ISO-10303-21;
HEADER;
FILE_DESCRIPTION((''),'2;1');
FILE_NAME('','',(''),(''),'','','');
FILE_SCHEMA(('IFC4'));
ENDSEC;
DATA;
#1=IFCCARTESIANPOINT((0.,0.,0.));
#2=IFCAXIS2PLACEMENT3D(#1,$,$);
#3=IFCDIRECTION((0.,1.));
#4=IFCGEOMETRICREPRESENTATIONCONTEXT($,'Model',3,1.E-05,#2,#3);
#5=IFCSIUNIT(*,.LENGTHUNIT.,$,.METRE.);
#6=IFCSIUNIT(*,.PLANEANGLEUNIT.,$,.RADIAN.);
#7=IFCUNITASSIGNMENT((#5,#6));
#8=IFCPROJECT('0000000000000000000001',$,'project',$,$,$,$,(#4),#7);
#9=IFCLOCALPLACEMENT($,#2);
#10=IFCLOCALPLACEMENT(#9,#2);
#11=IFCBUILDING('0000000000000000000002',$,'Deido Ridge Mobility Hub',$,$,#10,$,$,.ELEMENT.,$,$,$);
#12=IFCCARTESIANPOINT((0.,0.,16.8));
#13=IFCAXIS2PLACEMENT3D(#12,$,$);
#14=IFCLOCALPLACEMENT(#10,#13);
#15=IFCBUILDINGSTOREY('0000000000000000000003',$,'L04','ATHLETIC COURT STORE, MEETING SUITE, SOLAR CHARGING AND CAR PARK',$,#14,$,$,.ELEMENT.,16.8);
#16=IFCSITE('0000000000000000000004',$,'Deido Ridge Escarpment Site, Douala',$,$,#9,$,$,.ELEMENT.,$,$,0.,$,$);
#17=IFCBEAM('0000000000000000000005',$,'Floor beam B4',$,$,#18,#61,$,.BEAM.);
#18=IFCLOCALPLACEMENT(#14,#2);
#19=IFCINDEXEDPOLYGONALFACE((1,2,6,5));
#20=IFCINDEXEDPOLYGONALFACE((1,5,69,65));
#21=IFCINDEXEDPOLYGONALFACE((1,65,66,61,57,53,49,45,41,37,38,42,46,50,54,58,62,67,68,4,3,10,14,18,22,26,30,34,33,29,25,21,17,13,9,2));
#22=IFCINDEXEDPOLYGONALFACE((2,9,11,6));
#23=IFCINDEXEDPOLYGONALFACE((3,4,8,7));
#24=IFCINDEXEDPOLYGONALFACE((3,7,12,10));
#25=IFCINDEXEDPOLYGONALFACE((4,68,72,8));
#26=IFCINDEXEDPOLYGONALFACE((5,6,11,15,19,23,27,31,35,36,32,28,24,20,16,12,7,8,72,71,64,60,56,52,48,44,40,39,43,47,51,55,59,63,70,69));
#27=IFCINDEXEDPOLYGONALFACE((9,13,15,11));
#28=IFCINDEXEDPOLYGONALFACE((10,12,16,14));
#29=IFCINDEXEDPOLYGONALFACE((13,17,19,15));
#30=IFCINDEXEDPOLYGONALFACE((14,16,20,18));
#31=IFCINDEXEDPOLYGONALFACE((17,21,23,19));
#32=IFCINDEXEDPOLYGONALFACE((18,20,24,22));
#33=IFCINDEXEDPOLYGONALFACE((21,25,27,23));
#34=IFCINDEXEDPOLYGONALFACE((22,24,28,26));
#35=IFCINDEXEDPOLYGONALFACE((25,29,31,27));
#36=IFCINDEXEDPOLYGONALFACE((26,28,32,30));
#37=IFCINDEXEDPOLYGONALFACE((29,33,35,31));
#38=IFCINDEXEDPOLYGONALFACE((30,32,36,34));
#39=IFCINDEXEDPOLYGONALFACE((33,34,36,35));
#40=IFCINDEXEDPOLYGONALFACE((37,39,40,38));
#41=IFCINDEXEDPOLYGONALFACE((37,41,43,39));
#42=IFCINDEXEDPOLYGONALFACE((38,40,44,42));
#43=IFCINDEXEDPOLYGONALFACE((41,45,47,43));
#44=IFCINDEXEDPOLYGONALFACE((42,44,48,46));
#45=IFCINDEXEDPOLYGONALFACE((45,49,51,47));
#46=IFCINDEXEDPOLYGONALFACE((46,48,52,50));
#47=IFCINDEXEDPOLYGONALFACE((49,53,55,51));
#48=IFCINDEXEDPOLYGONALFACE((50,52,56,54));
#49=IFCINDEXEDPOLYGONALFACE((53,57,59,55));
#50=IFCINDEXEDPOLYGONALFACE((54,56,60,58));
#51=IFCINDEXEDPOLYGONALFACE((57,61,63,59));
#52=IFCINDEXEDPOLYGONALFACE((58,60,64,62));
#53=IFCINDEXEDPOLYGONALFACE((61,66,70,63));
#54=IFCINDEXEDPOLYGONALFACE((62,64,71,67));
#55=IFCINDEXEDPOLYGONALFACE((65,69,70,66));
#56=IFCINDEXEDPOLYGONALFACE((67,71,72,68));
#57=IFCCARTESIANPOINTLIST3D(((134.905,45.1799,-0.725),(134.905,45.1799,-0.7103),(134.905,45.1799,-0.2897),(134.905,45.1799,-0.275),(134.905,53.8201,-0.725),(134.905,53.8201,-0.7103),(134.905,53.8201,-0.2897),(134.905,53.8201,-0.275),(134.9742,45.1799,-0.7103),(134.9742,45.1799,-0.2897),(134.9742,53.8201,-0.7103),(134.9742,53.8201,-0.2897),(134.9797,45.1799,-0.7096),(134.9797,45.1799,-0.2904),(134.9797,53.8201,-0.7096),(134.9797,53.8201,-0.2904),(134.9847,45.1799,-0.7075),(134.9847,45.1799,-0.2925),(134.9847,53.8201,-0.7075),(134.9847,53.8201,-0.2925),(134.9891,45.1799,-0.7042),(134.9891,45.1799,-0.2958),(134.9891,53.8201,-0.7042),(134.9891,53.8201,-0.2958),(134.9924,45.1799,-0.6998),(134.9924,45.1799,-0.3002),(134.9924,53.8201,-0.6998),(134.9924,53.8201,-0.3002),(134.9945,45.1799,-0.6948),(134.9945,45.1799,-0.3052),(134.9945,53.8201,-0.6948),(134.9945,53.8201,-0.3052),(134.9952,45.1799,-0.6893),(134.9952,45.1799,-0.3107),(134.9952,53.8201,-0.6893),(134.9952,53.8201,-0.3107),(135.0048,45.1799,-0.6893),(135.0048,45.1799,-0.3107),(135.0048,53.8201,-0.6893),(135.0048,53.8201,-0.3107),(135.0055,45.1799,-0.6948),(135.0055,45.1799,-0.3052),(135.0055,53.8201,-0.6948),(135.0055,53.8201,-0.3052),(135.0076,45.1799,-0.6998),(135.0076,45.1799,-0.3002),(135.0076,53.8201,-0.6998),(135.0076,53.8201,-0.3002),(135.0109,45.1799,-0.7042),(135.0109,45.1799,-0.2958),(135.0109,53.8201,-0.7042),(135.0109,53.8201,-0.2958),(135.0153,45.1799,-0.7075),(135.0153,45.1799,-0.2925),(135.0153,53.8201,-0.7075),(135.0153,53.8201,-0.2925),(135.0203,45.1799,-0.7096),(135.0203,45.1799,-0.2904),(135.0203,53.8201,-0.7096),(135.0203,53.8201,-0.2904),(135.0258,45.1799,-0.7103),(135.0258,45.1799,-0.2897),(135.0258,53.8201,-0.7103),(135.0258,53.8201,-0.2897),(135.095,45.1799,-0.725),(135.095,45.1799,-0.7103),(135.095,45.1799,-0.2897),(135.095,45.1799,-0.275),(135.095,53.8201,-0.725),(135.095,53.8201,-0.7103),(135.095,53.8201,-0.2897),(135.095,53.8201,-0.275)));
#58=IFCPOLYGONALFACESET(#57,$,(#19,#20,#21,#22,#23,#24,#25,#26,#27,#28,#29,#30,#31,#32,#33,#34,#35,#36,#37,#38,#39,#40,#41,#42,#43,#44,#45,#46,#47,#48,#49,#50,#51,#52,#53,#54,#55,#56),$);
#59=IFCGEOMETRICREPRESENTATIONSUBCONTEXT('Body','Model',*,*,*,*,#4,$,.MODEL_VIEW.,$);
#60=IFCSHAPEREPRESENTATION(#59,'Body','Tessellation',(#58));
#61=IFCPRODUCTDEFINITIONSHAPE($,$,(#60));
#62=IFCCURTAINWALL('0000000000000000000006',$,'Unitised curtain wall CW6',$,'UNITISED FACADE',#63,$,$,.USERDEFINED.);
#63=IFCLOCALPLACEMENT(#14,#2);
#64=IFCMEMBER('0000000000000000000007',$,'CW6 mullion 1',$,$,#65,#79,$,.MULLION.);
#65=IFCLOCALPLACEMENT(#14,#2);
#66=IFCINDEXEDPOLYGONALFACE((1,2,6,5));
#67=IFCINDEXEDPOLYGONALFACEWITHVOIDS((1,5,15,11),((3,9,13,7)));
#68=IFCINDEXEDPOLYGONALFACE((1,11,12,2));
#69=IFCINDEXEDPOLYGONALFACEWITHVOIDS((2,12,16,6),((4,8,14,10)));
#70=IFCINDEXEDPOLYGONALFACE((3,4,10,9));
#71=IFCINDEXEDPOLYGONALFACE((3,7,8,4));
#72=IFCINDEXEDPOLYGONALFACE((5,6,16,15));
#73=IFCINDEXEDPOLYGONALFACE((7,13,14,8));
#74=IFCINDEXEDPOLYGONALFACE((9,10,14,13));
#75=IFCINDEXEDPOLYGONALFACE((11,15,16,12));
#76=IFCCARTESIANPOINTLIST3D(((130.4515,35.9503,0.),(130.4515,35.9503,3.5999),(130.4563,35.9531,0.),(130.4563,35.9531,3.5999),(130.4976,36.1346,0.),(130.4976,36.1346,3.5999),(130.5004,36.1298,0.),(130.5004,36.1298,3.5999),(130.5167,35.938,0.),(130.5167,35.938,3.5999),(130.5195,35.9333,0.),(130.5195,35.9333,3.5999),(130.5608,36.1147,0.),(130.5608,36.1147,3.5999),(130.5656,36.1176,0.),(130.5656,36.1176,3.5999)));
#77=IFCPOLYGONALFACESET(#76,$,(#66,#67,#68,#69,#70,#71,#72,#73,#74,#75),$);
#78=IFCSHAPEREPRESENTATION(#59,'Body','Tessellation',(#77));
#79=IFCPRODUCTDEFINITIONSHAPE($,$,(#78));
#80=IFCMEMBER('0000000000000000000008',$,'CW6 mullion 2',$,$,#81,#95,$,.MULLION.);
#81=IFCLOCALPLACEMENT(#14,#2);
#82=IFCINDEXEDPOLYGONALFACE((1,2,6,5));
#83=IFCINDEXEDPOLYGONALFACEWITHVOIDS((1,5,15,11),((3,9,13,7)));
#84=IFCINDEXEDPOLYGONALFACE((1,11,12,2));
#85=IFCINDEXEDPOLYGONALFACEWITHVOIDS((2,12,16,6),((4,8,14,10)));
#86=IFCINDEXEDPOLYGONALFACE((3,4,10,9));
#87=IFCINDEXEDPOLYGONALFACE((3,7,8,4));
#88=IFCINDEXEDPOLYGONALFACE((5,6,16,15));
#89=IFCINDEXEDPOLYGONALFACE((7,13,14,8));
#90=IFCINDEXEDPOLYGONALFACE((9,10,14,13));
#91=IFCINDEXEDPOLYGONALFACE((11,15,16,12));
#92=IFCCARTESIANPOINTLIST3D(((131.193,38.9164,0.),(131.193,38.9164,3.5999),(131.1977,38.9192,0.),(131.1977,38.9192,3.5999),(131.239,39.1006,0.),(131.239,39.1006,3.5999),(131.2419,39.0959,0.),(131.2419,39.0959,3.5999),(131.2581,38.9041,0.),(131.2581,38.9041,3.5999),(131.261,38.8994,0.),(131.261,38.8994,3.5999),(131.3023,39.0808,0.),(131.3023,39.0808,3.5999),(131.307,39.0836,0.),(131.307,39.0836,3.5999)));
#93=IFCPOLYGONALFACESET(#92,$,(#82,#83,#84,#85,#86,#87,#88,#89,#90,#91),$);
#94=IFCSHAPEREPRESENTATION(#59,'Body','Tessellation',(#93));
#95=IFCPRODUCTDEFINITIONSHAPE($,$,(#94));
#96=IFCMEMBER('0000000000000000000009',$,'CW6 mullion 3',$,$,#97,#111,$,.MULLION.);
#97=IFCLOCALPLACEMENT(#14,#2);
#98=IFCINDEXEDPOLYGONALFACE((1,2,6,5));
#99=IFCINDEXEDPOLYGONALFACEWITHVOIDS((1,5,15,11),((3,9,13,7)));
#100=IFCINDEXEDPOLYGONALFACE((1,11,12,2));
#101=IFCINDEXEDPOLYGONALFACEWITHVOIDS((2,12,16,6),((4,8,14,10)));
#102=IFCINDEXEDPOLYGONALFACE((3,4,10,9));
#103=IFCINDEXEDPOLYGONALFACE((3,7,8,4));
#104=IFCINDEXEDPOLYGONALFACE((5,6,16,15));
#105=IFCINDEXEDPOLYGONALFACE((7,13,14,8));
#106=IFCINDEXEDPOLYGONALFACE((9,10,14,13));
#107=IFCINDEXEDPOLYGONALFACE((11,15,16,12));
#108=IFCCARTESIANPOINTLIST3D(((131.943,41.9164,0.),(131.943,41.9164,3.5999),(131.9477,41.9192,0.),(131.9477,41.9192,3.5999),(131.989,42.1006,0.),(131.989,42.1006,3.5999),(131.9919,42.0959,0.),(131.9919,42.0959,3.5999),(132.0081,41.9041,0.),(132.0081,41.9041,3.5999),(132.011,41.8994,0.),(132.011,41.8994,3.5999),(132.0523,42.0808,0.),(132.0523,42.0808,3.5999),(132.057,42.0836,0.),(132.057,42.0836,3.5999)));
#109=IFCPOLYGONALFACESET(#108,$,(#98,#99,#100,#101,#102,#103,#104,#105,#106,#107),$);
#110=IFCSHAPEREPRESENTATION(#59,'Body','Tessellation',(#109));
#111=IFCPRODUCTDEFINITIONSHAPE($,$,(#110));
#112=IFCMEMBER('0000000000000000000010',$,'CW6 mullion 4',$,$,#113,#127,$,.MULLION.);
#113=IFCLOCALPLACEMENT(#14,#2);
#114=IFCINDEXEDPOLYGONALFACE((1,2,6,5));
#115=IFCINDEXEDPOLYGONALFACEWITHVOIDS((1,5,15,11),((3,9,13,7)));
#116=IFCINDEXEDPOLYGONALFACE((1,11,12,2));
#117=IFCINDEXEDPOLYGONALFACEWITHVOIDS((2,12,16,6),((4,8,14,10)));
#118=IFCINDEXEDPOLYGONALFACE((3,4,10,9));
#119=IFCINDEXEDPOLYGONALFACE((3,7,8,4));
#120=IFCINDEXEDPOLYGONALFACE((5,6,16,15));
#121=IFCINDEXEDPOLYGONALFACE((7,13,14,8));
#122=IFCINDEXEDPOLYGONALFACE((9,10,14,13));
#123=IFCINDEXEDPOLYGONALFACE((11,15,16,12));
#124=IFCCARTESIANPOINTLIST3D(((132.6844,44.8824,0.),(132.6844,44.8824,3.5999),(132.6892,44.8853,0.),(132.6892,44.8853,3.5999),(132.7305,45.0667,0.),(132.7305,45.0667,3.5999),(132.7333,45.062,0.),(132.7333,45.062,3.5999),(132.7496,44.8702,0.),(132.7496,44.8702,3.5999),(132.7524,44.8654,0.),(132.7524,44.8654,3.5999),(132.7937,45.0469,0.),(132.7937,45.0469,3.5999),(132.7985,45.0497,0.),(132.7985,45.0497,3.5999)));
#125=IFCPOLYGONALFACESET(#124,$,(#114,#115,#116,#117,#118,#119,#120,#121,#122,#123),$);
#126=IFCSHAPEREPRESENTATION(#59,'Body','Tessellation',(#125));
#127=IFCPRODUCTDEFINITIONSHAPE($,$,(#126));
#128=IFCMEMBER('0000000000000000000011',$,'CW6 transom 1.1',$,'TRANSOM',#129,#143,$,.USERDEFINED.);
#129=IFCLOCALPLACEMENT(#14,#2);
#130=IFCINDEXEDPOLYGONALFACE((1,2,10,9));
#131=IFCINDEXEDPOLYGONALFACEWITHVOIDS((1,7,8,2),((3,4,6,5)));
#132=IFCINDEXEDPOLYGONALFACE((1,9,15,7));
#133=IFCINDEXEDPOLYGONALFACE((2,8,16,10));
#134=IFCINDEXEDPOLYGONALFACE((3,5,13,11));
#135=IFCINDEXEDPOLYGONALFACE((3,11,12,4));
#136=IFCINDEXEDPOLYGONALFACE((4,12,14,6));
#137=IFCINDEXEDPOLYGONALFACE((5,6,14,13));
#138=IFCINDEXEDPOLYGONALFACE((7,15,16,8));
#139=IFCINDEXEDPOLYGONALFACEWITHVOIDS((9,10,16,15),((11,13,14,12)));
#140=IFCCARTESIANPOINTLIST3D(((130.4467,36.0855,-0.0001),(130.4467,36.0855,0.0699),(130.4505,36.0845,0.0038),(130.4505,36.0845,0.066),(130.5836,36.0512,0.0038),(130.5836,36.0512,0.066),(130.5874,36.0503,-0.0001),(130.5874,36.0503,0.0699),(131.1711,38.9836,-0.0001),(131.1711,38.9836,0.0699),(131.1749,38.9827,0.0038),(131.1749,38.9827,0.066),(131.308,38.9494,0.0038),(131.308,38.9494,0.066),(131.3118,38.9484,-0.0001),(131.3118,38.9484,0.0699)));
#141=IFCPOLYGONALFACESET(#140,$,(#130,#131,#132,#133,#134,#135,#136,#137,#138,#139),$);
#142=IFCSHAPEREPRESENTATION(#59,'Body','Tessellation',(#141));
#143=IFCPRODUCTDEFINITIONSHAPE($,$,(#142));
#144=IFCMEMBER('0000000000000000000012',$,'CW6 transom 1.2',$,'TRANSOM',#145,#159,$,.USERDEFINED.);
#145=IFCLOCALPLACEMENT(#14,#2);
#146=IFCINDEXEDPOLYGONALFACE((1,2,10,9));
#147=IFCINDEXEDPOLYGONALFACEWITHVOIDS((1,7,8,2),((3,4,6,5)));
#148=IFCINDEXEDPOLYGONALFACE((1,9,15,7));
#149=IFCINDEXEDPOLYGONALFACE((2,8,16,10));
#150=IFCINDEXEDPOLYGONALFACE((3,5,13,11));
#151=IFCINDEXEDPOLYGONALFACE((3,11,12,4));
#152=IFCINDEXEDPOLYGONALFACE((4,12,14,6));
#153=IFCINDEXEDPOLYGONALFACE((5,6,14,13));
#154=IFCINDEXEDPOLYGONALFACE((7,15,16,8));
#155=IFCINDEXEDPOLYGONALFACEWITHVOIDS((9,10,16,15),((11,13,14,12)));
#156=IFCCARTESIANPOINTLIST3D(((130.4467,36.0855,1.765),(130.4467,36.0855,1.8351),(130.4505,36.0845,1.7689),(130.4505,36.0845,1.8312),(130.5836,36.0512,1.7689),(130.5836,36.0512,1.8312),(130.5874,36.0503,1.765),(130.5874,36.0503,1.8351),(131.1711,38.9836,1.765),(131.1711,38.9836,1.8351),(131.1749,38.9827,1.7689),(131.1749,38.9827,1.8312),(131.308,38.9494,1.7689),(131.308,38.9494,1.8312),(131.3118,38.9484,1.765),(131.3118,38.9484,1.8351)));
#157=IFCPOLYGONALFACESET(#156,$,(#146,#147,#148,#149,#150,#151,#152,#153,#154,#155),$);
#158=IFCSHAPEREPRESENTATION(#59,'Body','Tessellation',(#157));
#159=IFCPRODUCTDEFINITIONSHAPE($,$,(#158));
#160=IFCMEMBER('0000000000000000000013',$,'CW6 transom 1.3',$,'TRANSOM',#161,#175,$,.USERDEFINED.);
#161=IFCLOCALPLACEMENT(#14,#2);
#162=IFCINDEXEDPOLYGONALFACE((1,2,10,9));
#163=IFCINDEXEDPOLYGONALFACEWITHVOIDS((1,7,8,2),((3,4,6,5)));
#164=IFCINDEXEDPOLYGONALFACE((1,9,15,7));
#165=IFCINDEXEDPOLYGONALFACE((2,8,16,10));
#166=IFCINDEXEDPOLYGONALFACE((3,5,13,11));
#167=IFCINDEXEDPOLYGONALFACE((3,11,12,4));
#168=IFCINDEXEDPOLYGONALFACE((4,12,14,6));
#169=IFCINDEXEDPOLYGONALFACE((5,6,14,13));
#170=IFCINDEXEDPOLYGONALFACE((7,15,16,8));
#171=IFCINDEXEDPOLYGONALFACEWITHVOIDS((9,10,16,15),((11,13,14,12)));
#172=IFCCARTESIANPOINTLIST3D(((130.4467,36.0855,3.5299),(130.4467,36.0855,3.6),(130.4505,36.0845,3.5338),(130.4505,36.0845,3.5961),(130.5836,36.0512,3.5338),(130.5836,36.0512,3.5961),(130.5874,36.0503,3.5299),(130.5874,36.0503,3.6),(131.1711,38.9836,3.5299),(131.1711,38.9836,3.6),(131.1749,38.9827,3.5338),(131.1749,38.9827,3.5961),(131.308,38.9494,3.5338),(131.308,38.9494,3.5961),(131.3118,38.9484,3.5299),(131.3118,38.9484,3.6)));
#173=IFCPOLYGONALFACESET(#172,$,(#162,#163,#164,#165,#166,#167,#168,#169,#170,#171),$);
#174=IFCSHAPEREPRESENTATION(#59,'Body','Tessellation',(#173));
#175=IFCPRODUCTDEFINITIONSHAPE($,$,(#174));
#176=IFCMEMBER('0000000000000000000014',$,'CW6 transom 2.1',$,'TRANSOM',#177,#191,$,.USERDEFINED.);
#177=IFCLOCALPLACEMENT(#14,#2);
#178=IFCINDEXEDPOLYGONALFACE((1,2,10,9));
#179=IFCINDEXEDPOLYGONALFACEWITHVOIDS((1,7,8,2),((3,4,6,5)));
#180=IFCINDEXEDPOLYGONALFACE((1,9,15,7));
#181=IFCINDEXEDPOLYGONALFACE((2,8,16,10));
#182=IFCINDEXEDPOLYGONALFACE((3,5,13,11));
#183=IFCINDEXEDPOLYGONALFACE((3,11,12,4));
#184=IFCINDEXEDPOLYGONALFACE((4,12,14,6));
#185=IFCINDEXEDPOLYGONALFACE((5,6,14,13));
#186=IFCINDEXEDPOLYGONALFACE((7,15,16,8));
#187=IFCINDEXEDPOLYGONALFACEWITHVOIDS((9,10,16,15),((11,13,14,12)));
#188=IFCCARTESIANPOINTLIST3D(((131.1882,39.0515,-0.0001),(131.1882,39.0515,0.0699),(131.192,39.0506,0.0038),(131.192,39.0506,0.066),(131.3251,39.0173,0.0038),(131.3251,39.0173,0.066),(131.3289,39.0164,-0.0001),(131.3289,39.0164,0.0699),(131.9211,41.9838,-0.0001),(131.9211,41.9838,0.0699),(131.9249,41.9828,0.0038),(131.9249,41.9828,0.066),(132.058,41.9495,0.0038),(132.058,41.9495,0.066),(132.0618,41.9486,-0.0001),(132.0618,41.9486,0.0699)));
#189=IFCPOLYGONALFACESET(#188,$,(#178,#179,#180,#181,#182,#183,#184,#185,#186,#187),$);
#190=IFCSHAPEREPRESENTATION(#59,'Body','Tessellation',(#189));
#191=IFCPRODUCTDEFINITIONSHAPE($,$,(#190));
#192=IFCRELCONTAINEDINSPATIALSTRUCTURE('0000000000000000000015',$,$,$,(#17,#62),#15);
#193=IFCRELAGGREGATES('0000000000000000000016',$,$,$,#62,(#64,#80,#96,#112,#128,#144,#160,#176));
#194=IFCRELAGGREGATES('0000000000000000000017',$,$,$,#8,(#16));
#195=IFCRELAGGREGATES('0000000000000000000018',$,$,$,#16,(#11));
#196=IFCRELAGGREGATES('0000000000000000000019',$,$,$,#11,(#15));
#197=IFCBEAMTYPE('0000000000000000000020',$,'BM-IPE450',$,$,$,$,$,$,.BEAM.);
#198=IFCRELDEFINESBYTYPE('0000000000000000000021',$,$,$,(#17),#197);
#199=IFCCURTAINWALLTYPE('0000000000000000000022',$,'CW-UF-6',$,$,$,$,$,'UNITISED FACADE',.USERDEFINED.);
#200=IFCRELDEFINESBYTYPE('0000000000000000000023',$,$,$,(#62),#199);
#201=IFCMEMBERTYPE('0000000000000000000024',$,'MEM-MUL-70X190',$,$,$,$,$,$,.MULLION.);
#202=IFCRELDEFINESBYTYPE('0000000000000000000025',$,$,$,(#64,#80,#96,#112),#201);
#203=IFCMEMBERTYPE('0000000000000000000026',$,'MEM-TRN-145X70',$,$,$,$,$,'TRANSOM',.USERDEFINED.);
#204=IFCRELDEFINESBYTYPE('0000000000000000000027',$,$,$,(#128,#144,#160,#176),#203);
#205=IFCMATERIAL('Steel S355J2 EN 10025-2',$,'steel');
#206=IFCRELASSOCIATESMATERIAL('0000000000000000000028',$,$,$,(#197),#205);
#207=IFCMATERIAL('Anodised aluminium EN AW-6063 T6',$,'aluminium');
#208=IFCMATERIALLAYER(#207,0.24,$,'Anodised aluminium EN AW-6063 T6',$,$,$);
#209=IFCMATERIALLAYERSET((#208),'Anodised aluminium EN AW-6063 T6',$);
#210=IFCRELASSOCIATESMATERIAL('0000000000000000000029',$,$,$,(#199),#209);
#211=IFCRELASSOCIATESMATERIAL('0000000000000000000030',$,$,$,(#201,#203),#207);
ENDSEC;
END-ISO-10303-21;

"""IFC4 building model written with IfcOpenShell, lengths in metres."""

from ifc_helpers import new_model, si_unit, direction, frame, origin, origin_2d, place, context, subcontext, project, spatial, hollow_rectangle, i_section, extrude, material, layer, layer_set, material_profile, profile_set, type_object, element, aggregate, save


model = new_model("IFC4")

# Units and contexts
model_context = context("Model", 3, precision=1e-05, world=origin(), true_north=direction((0.0, 1.0)))
body_context = subcontext(model_context, "Body", "Model", "MODEL_VIEW")
ifc_project = project(units=[si_unit("LENGTHUNIT", "METRE"), si_unit("PLANEANGLEUNIT", "RADIAN")], contexts=[model_context])

# Site, building, storey
site_placement = place(None, origin())
site = spatial("IfcSite", under=ifc_project, at=site_placement, Name="Deido Ridge Escarpment Site, Douala", CompositionType="ELEMENT", RefElevation=0.0)
building_placement = place(site_placement, origin())
building = spatial("IfcBuilding", under=site, at=building_placement, Name="Deido Ridge Mobility Hub", CompositionType="ELEMENT")
storey_placement = place(building_placement, frame((0.0, 0.0, 16.8)))
storey = spatial("IfcBuildingStorey", under=building, at=storey_placement, Name="L04", Description="ATHLETIC COURT STORE, MEETING SUITE, SOLAR CHARGING AND CAR PARK", CompositionType="ELEMENT", Elevation=16.8)

# Beam
ifc_material_1 = material(Name="Steel S355J2 EN 10025-2", Category="steel")
ifc_material_profile_1 = material_profile(ifc_material_1, i_section(OverallWidth=0.1899, OverallDepth=0.45, WebThickness=0.0095, FlangeThickness=0.0146, FilletRadius=0.021, at=origin_2d()), Name="IPE 450")
ifc_profile_set_1 = profile_set([ifc_material_profile_1], Name="Steel S355J2 EN 10025-2")
beam_type_1 = type_object("IfcBeamType", Name="BM-IPE450", PredefinedType="BEAM", material=ifc_profile_set_1)
beam_1_placement = place(storey_placement, frame((135.0, 45.1799, -0.5), z_axis=(0.0, 1.0, 0.0), x_axis=(-1.0, 0.0, 0.0)))
element("IfcBeam", 1, at=beam_1_placement, inside=storey, type_object=beam_type_1, Name="Floor beam B4", PredefinedType="BEAM", context=body_context, shape_type="SweptSolid", body=[
    extrude(i_section(OverallWidth=0.1899, OverallDepth=0.45, WebThickness=0.0095, FlangeThickness=0.0146, FilletRadius=0.021, at=origin_2d()), origin(), (0.0, 0.0, 1.0), 8.6401),
])

# Curtain wall, members
ifc_material_2 = material(Name="Anodised aluminium EN AW-6063 T6", Category="aluminium")
ifc_layer_1 = layer(ifc_material_2, 0.24, Name="Anodised aluminium EN AW-6063 T6")
ifc_layer_set_1 = layer_set([ifc_layer_1], Name="Anodised aluminium EN AW-6063 T6")
curtain_wall_type = type_object("IfcCurtainWallType", Name="CW-UF-6", ElementType="UNITISED FACADE", PredefinedType="USERDEFINED", material=ifc_layer_set_1)
curtain_wall_placement = place(storey_placement, origin())
curtain_wall = element("IfcCurtainWall", 2, at=curtain_wall_placement, inside=storey, type_object=curtain_wall_type, Name="Unitised curtain wall CW6", ObjectType="UNITISED FACADE", PredefinedType="USERDEFINED")
ifc_material_profile_2 = material_profile(ifc_material_2, hollow_rectangle(XDim=0.0701, YDim=0.1899, WallThickness=0.0039, at=origin_2d()), Name="RHS 70x190x4")
ifc_profile_set_2 = profile_set([ifc_material_profile_2], Name="Anodised aluminium EN AW-6063 T6")
member_type_1 = type_object("IfcMemberType", Name="MEM-MUL-70X190", PredefinedType="MULLION", material=ifc_profile_set_2)
member_1_placement = place(storey_placement, frame((130.5085, 36.0339, 0.0), z_axis=(0.0, 0.0, 1.0), x_axis=(-0.970143, 0.242536, 0.0)))
member_1 = element("IfcMember", 3, at=member_1_placement, type_object=member_type_1, Name="CW6 mullion 1", PredefinedType="MULLION", context=body_context, shape_type="SweptSolid", body=[
    extrude(hollow_rectangle(XDim=0.0701, YDim=0.1899, WallThickness=0.0039, at=origin_2d()), origin(), (0.0, 0.0, 1.0), 3.5999),
])
member_2_placement = place(storey_placement, frame((131.25, 39.0, 0.0), z_axis=(0.0, 0.0, 1.0), x_axis=(-0.970143, 0.242536, 0.0)))
member_2 = element("IfcMember", 4, at=member_2_placement, type_object=member_type_1, Name="CW6 mullion 2", PredefinedType="MULLION", context=body_context, shape_type="SweptSolid", body=[
    extrude(hollow_rectangle(XDim=0.0701, YDim=0.1899, WallThickness=0.0039, at=origin_2d()), origin(), (0.0, 0.0, 1.0), 3.5999),
])
member_3_placement = place(storey_placement, frame((132.0, 42.0, 0.0), z_axis=(0.0, 0.0, 1.0), x_axis=(-0.970143, 0.242536, 0.0)))
member_3 = element("IfcMember", 5, at=member_3_placement, type_object=member_type_1, Name="CW6 mullion 3", PredefinedType="MULLION", context=body_context, shape_type="SweptSolid", body=[
    extrude(hollow_rectangle(XDim=0.0701, YDim=0.1899, WallThickness=0.0039, at=origin_2d()), origin(), (0.0, 0.0, 1.0), 3.5999),
])
member_4_placement = place(storey_placement, frame((132.7415, 44.9661, 0.0), z_axis=(0.0, 0.0, 1.0), x_axis=(-0.970143, 0.242536, 0.0)))
member_4 = element("IfcMember", 6, at=member_4_placement, type_object=member_type_1, Name="CW6 mullion 4", PredefinedType="MULLION", context=body_context, shape_type="SweptSolid", body=[
    extrude(hollow_rectangle(XDim=0.0701, YDim=0.1899, WallThickness=0.0039, at=origin_2d()), origin(), (0.0, 0.0, 1.0), 3.5999),
])
ifc_material_profile_3 = material_profile(ifc_material_2, hollow_rectangle(XDim=0.145, YDim=0.0701, WallThickness=0.0039, at=origin_2d()), Name="RHS 145x70x4")
ifc_profile_set_3 = profile_set([ifc_material_profile_3], Name="Anodised aluminium EN AW-6063 T6")
member_type_2 = type_object("IfcMemberType", Name="MEM-TRN-145X70", ElementType="TRANSOM", PredefinedType="USERDEFINED", material=ifc_profile_set_3)
member_5_placement = place(storey_placement, frame((130.5171, 36.0679, 0.0349), z_axis=(0.242478, 0.970157, 0.0), x_axis=(-0.970157, 0.242478, 0.0)))
member_5 = element("IfcMember", 7, at=member_5_placement, type_object=member_type_2, Name="CW6 transom 1.1", ObjectType="TRANSOM", PredefinedType="USERDEFINED", context=body_context, shape_type="SweptSolid", body=[
    extrude(hollow_rectangle(XDim=0.145, YDim=0.0701, WallThickness=0.0039, at=origin_2d()), origin(), (0.0, 0.0, 1.0), 2.9873),
])
member_6_placement = place(storey_placement, frame((130.5171, 36.0679, 1.8), z_axis=(0.242478, 0.970157, 0.0), x_axis=(-0.970157, 0.242478, 0.0)))
member_6 = element("IfcMember", 8, at=member_6_placement, type_object=member_type_2, Name="CW6 transom 1.2", ObjectType="TRANSOM", PredefinedType="USERDEFINED", context=body_context, shape_type="SweptSolid", body=[
    extrude(hollow_rectangle(XDim=0.145, YDim=0.0701, WallThickness=0.0039, at=origin_2d()), origin(), (0.0, 0.0, 1.0), 2.9873),
])
member_7_placement = place(storey_placement, frame((130.5171, 36.0679, 3.5649), z_axis=(0.242478, 0.970157, 0.0), x_axis=(-0.970157, 0.242478, 0.0)))
member_7 = element("IfcMember", 9, at=member_7_placement, type_object=member_type_2, Name="CW6 transom 1.3", ObjectType="TRANSOM", PredefinedType="USERDEFINED", context=body_context, shape_type="SweptSolid", body=[
    extrude(hollow_rectangle(XDim=0.145, YDim=0.0701, WallThickness=0.0039, at=origin_2d()), origin(), (0.0, 0.0, 1.0), 2.9873),
])
member_8_placement = place(storey_placement, frame((131.2585, 39.0339, 0.0349), z_axis=(0.242498, 0.970152, 0.0), x_axis=(-0.970152, 0.242498, 0.0)))
member_8 = element("IfcMember", 10, at=member_8_placement, type_object=member_type_2, Name="CW6 transom 2.1", ObjectType="TRANSOM", PredefinedType="USERDEFINED", context=body_context, shape_type="SweptSolid", body=[
    extrude(hollow_rectangle(XDim=0.145, YDim=0.0701, WallThickness=0.0039, at=origin_2d()), origin(), (0.0, 0.0, 1.0), 3.0225),
])
aggregate(curtain_wall, [member_1, member_2, member_3, member_4, member_5, member_6, member_7, member_8])

save(model, "model.ifc")
